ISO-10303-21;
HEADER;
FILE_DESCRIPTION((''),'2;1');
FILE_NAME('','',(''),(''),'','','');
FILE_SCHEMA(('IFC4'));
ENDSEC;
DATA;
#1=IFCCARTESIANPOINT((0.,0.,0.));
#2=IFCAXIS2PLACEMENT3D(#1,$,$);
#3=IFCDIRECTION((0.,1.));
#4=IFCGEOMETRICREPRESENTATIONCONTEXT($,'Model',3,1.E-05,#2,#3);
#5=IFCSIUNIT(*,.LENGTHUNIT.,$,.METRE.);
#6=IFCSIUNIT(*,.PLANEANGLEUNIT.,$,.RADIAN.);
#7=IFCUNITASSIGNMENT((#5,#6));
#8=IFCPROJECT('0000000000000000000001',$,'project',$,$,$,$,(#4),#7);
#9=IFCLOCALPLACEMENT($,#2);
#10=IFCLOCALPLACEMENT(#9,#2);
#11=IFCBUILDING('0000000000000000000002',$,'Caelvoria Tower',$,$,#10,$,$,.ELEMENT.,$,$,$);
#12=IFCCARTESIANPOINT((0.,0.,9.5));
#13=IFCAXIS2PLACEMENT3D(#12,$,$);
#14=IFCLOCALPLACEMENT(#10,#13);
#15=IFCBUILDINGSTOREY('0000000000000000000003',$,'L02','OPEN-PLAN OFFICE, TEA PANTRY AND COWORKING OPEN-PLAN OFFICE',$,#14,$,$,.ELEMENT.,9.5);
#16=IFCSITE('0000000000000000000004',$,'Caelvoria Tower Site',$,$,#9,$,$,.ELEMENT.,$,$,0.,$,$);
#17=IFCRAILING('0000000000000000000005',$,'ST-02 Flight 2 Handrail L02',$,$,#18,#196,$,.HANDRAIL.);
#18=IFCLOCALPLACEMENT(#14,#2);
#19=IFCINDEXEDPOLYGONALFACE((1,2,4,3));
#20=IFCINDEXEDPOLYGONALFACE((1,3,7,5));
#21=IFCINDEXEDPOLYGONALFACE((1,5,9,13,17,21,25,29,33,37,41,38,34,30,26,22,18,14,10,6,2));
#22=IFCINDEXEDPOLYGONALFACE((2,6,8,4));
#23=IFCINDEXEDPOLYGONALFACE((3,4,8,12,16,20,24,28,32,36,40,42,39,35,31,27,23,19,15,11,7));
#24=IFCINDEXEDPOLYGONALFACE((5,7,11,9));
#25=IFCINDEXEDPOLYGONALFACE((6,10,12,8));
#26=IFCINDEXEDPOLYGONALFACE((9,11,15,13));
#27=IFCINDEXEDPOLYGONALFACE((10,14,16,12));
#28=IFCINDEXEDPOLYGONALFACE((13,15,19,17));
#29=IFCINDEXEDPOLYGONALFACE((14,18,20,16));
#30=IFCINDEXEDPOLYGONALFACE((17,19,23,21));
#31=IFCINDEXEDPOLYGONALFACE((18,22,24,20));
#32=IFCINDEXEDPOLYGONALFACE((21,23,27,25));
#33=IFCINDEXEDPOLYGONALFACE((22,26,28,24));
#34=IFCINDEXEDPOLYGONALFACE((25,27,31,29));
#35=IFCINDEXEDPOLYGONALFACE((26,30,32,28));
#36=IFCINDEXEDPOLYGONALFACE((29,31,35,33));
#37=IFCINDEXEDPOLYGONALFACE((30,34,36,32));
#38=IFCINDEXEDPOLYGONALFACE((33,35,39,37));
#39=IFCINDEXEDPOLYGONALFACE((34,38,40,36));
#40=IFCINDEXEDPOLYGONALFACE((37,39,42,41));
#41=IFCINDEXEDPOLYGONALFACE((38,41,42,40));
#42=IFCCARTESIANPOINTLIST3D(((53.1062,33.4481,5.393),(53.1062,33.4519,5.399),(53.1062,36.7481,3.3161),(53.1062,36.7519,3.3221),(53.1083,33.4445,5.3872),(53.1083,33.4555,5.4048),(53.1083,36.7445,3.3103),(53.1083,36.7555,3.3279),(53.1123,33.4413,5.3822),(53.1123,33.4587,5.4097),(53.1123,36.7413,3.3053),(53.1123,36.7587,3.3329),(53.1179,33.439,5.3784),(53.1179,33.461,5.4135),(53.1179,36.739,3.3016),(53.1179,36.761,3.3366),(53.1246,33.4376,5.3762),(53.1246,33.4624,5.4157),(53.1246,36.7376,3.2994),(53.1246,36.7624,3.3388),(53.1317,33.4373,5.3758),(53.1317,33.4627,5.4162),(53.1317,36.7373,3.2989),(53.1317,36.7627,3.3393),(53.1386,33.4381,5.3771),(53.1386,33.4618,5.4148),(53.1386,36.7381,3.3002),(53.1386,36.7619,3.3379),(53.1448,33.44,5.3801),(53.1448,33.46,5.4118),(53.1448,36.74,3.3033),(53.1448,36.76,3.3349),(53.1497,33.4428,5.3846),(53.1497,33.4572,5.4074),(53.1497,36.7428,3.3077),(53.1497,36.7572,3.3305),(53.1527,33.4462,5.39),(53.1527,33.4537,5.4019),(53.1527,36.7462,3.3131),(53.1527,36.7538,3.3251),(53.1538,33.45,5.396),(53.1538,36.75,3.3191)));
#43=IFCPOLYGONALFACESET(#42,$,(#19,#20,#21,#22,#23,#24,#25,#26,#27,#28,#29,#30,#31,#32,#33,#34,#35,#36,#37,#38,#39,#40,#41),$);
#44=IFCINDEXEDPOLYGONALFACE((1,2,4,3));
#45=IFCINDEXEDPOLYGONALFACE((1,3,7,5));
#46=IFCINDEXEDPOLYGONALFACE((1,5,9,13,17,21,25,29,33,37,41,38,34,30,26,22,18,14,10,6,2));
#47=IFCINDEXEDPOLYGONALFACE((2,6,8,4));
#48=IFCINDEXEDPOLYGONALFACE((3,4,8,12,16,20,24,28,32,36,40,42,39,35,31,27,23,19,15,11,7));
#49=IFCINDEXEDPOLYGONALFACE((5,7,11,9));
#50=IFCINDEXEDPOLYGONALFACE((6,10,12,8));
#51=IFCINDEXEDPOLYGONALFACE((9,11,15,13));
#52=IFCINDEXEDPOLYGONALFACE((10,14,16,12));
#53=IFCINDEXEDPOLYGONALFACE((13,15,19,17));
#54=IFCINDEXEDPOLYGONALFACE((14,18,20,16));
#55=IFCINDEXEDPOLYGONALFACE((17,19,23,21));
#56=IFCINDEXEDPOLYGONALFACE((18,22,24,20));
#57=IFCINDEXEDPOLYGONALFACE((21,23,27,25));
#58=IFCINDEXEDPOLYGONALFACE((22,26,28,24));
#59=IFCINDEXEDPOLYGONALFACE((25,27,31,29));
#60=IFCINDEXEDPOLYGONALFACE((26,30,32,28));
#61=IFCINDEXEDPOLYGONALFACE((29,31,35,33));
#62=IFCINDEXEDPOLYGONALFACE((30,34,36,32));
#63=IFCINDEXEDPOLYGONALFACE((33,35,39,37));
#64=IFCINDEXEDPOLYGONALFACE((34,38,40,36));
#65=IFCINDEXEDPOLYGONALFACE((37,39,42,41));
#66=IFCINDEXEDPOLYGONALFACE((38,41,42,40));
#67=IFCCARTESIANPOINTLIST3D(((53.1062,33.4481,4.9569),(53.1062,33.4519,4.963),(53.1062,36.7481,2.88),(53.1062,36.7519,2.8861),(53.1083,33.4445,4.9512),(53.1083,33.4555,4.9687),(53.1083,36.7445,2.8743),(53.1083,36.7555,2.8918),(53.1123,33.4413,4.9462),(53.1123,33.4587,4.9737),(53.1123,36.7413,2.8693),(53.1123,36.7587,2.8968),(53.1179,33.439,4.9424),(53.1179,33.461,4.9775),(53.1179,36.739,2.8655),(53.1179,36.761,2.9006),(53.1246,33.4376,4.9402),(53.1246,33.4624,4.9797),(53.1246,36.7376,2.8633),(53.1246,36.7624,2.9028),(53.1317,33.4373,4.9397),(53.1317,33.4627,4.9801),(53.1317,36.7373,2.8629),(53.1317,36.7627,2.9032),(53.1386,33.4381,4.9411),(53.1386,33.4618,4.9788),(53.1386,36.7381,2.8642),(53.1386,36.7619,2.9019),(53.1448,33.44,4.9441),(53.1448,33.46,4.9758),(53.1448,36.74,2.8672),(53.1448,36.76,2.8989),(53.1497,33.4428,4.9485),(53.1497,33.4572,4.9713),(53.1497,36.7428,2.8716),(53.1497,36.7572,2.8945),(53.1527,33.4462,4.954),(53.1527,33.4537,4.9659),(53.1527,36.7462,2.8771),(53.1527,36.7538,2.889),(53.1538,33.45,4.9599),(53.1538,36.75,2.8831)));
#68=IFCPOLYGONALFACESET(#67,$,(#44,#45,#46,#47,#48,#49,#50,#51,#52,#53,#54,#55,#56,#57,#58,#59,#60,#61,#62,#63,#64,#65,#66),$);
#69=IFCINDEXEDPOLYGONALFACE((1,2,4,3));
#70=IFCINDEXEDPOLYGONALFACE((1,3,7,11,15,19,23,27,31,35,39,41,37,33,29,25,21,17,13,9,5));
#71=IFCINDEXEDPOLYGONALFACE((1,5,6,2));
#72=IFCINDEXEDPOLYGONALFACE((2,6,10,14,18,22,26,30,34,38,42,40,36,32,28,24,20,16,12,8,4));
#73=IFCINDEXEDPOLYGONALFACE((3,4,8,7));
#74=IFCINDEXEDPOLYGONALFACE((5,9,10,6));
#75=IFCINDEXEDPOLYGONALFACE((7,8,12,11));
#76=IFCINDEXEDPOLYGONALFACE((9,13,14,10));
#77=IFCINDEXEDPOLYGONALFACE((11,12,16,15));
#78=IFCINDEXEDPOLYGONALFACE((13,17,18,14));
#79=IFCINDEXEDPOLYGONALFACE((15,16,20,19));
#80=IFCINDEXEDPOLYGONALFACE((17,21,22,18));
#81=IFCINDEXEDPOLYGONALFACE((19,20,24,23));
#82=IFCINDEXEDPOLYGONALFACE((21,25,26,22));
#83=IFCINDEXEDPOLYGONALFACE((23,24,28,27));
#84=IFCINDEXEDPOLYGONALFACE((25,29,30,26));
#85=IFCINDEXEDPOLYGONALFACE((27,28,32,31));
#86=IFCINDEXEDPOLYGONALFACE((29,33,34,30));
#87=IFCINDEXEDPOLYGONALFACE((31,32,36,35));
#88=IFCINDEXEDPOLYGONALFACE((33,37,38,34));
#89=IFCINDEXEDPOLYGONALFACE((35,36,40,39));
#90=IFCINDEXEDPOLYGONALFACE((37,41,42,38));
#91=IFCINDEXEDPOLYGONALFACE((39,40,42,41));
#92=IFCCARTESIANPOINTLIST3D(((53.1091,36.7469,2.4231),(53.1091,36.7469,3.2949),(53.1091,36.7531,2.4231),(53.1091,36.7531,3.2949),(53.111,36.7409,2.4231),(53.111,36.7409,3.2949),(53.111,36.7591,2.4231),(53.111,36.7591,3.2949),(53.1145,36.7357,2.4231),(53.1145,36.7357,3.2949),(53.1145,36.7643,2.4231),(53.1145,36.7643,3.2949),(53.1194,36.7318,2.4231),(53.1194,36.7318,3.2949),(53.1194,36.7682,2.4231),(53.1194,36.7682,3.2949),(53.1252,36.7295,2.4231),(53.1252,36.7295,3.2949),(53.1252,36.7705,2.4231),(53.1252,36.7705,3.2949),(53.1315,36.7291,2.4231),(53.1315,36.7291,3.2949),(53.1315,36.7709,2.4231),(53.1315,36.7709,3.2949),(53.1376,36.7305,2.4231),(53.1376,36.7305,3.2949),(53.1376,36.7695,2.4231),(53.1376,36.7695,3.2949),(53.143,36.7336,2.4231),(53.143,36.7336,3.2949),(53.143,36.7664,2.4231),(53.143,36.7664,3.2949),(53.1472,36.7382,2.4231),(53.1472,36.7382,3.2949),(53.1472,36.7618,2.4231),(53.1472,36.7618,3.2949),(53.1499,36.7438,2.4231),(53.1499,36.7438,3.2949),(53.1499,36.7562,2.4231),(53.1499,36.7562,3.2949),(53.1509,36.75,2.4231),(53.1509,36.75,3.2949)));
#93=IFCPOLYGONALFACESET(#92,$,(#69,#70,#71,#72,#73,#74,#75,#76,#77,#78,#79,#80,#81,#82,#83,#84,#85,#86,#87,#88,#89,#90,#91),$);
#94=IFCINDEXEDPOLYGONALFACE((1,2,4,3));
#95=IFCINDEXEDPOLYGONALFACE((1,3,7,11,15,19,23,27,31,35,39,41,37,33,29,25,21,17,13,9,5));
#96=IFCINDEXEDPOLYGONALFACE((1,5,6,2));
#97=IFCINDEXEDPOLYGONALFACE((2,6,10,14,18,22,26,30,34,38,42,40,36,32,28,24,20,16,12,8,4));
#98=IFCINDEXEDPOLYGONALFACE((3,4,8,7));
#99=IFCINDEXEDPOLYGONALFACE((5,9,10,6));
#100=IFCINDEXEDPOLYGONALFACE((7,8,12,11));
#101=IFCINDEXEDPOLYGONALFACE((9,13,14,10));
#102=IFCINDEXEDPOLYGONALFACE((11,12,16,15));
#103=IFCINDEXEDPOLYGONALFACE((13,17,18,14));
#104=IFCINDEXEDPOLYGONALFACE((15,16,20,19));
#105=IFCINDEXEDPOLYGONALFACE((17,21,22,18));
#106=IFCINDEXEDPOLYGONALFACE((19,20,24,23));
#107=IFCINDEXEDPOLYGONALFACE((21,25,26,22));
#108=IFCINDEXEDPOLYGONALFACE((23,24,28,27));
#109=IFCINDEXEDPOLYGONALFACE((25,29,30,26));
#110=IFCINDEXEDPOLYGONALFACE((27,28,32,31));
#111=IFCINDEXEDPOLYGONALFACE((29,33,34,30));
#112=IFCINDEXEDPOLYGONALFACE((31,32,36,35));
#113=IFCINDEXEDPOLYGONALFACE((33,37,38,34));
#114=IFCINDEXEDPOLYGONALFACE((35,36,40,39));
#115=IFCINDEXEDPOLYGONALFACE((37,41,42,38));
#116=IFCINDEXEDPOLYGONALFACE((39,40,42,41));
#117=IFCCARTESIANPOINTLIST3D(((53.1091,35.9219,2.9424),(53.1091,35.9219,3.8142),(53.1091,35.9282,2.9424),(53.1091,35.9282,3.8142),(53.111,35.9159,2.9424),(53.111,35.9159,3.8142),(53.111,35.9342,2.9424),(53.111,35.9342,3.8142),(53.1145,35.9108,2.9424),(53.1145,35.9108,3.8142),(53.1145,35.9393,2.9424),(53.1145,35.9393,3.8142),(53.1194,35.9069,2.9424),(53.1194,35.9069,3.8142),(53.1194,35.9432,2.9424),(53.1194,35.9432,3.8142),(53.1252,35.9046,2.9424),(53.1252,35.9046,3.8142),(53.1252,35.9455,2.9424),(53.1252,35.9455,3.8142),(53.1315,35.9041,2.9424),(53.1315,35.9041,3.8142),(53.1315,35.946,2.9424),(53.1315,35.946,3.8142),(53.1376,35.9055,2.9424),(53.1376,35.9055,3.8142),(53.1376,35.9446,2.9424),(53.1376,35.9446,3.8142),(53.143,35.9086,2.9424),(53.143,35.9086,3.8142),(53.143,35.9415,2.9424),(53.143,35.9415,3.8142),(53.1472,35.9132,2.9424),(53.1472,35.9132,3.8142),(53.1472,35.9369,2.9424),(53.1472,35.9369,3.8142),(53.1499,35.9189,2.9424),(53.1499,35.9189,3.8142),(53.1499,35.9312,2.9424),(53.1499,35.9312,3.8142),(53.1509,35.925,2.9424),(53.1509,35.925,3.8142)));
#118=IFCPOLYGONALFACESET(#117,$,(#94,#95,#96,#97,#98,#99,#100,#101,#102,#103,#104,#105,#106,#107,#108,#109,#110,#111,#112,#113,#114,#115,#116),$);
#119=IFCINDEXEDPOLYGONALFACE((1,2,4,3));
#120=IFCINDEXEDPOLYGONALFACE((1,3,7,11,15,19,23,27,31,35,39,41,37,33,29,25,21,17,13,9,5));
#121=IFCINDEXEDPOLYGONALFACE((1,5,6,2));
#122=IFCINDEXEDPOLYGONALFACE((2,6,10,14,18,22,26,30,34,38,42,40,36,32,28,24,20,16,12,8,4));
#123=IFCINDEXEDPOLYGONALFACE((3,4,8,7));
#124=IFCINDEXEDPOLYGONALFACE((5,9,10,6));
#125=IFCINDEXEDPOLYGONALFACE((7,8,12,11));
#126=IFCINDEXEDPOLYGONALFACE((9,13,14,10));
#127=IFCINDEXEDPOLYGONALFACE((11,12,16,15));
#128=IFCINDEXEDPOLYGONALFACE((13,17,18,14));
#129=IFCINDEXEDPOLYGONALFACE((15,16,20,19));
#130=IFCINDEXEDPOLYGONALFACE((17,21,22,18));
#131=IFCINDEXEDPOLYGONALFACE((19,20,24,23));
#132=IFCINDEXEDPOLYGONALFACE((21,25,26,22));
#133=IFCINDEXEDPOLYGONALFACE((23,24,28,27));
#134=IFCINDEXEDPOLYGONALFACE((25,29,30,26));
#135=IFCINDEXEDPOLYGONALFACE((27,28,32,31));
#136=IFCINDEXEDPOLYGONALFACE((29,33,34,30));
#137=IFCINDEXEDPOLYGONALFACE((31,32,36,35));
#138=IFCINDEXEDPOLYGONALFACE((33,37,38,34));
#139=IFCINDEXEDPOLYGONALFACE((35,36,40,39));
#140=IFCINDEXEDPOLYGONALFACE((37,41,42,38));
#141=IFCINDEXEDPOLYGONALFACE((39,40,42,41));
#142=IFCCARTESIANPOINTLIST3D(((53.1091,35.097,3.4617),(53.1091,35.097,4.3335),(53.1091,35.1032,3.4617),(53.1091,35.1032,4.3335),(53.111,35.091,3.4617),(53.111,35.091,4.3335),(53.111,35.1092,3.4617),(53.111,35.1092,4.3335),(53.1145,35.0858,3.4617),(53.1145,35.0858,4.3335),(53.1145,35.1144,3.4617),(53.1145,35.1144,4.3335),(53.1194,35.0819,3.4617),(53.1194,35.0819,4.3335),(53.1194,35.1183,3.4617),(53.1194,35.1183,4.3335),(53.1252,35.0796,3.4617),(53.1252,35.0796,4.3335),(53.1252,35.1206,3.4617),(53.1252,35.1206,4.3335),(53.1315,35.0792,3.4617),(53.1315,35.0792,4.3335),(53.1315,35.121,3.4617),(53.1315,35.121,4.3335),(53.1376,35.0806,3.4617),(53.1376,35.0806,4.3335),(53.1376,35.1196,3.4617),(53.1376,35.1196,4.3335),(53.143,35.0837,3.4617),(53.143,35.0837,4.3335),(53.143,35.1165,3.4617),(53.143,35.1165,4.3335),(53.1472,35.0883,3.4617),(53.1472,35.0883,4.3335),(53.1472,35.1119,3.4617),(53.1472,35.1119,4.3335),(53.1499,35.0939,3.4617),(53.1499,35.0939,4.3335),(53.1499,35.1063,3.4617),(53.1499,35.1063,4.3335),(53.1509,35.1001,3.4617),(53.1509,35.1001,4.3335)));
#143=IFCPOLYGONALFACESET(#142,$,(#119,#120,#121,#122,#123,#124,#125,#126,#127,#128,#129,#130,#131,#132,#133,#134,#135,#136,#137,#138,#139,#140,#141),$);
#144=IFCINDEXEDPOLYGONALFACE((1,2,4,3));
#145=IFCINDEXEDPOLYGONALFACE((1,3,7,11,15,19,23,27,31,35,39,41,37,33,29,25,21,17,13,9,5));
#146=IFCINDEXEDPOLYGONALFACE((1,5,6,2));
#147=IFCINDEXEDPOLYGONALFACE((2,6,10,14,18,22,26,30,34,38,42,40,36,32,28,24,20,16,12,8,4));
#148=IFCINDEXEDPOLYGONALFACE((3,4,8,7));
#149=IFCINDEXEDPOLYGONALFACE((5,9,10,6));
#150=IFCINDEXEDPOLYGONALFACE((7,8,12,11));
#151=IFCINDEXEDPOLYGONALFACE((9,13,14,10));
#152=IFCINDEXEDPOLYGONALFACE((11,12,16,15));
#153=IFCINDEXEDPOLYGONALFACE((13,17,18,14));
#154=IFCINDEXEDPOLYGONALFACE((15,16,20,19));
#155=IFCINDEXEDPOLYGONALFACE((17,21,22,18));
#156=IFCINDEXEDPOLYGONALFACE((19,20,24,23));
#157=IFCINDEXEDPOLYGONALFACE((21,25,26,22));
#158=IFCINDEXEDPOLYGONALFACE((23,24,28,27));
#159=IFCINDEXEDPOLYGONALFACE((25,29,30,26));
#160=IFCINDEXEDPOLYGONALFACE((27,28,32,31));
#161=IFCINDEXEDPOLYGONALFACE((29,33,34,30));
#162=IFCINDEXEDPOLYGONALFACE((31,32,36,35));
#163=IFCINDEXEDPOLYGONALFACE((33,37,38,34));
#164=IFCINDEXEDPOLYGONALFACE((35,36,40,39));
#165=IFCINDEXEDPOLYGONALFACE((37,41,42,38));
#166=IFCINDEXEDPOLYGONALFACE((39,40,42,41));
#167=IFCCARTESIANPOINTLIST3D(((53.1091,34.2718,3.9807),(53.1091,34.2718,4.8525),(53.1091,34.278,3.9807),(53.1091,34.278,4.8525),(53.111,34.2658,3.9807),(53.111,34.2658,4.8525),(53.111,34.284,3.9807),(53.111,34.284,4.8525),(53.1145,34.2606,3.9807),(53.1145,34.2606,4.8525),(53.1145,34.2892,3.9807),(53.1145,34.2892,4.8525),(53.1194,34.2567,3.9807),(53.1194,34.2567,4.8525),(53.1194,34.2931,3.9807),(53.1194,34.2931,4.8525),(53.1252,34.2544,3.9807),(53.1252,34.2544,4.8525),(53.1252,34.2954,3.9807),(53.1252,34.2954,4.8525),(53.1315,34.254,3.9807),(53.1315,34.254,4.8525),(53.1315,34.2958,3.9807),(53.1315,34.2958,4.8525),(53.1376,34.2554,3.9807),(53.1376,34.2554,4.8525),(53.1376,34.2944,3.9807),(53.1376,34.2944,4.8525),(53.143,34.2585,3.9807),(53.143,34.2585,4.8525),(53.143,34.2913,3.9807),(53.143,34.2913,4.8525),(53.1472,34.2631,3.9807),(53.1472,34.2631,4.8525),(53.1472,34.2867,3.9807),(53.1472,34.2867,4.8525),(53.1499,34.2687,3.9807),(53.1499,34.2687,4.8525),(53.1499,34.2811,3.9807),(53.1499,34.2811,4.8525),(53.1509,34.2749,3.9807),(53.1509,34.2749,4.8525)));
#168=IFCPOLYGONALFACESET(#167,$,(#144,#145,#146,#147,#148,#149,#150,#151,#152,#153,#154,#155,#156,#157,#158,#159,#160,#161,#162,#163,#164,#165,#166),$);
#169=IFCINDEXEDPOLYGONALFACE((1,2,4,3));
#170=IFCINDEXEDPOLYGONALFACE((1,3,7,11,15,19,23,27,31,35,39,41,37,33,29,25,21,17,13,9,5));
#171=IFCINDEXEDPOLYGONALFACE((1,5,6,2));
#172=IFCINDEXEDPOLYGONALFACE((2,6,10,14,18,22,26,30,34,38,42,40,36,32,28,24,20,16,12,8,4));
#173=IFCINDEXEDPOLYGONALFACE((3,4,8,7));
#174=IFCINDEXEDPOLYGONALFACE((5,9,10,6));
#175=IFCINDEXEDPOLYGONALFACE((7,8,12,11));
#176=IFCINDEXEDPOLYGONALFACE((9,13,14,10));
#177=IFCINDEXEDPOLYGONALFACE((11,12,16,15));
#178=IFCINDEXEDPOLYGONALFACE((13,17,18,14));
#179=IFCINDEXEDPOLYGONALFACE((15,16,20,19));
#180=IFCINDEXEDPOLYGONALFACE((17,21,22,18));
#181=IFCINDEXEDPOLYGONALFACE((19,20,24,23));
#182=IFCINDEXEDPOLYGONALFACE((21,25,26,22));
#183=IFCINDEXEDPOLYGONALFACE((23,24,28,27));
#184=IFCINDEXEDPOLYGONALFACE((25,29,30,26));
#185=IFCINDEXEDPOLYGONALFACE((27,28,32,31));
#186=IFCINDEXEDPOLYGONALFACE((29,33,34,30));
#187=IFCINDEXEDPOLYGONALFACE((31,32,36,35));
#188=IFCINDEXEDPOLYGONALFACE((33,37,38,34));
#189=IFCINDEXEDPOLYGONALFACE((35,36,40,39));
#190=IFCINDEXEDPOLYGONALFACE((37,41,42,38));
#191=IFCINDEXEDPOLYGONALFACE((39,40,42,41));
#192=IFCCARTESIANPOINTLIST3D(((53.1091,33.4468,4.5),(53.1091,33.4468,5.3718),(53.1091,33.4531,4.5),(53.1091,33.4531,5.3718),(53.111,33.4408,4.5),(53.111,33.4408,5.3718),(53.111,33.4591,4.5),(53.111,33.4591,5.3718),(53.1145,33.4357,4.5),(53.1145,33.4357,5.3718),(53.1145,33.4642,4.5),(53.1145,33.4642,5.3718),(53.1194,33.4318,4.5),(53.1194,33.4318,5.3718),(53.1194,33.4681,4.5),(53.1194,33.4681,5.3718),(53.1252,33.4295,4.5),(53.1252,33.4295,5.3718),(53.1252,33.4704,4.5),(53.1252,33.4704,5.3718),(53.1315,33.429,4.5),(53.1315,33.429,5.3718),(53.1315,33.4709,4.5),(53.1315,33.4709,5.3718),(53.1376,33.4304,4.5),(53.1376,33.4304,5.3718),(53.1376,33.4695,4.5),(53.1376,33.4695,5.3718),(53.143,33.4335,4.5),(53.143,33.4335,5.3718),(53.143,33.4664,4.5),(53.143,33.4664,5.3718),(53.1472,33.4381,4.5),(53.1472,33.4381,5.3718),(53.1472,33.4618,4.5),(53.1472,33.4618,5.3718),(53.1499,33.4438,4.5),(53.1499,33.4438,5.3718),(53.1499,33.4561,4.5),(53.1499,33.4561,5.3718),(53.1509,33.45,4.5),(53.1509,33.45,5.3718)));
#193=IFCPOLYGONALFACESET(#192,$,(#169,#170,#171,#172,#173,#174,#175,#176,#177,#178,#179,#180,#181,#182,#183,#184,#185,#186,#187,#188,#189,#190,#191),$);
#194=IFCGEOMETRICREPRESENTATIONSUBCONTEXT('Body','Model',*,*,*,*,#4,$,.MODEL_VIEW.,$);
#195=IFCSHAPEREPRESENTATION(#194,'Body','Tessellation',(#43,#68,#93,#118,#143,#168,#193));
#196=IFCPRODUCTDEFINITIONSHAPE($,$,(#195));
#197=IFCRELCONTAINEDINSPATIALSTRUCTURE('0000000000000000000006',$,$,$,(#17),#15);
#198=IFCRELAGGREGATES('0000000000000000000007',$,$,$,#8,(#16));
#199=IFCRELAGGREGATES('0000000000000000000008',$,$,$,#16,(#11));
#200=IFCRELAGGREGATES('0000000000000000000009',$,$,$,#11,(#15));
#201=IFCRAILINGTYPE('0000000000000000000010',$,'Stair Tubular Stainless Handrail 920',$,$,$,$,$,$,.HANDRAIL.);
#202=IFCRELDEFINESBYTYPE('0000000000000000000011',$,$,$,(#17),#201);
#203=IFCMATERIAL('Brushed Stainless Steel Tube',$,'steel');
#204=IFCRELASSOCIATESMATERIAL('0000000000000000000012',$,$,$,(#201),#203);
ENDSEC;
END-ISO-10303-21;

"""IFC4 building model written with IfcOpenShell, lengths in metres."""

from ifc_helpers import new_model, si_unit, direction, frame, origin, origin_2d, place, context, subcontext, project, spatial, circle, extrude, material, type_object, element, save


model = new_model("IFC4")

# Units and contexts
model_context = context("Model", 3, precision=1e-05, world=origin(), true_north=direction((0.0, 1.0)))
body_context = subcontext(model_context, "Body", "Model", "MODEL_VIEW")
ifc_project = project(units=[si_unit("LENGTHUNIT", "METRE"), si_unit("PLANEANGLEUNIT", "RADIAN")], contexts=[model_context])

# Site, building, storey
site_placement = place(None, origin())
site = spatial("IfcSite", under=ifc_project, at=site_placement, Name="Caelvoria Tower Site", CompositionType="ELEMENT", RefElevation=0.0)
building_placement = place(site_placement, origin())
building = spatial("IfcBuilding", under=site, at=building_placement, Name="Caelvoria Tower", CompositionType="ELEMENT")
storey_placement = place(building_placement, frame((0.0, 0.0, 9.5)))
storey = spatial("IfcBuildingStorey", under=building, at=storey_placement, Name="L02", Description="OPEN-PLAN OFFICE, TEA PANTRY AND COWORKING OPEN-PLAN OFFICE", CompositionType="ELEMENT", Elevation=9.5)

# Railing
ifc_material_1 = material(Name="Brushed Stainless Steel Tube", Category="steel")
railing_type_1 = type_object("IfcRailingType", Name="Stair Tubular Stainless Handrail 920", PredefinedType="HANDRAIL", material=ifc_material_1)
railing_1_placement = place(storey_placement, frame((53.1299, 36.75, 2.4231)))
element("IfcRailing", 1, at=railing_1_placement, inside=storey, type_object=railing_type_1, Name="ST-02 Flight 2 Handrail L02", PredefinedType="HANDRAIL", context=body_context, shape_type="SweptSolid", body=[
    extrude(circle(Radius=0.0239, at=origin_2d()), frame((0.0, 0.0, 0.896), z_axis=(0.0, -0.846337, 0.532647), x_axis=(1.0, 0.0, 0.0)), (0.0, 0.0, 1.0), 3.8992),
    extrude(circle(Radius=0.0239, at=origin_2d()), frame((0.0, 0.0, 0.46), z_axis=(0.0, -0.846337, 0.532647), x_axis=(1.0, 0.0, 0.0)), (0.0, 0.0, 1.0), 3.8992),
    extrude(circle(Radius=0.021, at=origin_2d()), origin(), (0.0, 0.0, 1.0), 0.8718),
    extrude(circle(Radius=0.021, at=origin_2d()), frame((0.0, -0.825, 0.5193)), (0.0, 0.0, 1.0), 0.8718),
    extrude(circle(Radius=0.021, at=origin_2d()), frame((0.0, -1.6499, 1.0386)), (0.0, 0.0, 1.0), 0.8718),
    extrude(circle(Radius=0.021, at=origin_2d()), frame((0.0, -2.4751, 1.5576)), (0.0, 0.0, 1.0), 0.8718),
    extrude(circle(Radius=0.021, at=origin_2d()), frame((0.0, -3.3, 2.0769)), (0.0, 0.0, 1.0), 0.8718),
])

save(model, "model.ifc")
